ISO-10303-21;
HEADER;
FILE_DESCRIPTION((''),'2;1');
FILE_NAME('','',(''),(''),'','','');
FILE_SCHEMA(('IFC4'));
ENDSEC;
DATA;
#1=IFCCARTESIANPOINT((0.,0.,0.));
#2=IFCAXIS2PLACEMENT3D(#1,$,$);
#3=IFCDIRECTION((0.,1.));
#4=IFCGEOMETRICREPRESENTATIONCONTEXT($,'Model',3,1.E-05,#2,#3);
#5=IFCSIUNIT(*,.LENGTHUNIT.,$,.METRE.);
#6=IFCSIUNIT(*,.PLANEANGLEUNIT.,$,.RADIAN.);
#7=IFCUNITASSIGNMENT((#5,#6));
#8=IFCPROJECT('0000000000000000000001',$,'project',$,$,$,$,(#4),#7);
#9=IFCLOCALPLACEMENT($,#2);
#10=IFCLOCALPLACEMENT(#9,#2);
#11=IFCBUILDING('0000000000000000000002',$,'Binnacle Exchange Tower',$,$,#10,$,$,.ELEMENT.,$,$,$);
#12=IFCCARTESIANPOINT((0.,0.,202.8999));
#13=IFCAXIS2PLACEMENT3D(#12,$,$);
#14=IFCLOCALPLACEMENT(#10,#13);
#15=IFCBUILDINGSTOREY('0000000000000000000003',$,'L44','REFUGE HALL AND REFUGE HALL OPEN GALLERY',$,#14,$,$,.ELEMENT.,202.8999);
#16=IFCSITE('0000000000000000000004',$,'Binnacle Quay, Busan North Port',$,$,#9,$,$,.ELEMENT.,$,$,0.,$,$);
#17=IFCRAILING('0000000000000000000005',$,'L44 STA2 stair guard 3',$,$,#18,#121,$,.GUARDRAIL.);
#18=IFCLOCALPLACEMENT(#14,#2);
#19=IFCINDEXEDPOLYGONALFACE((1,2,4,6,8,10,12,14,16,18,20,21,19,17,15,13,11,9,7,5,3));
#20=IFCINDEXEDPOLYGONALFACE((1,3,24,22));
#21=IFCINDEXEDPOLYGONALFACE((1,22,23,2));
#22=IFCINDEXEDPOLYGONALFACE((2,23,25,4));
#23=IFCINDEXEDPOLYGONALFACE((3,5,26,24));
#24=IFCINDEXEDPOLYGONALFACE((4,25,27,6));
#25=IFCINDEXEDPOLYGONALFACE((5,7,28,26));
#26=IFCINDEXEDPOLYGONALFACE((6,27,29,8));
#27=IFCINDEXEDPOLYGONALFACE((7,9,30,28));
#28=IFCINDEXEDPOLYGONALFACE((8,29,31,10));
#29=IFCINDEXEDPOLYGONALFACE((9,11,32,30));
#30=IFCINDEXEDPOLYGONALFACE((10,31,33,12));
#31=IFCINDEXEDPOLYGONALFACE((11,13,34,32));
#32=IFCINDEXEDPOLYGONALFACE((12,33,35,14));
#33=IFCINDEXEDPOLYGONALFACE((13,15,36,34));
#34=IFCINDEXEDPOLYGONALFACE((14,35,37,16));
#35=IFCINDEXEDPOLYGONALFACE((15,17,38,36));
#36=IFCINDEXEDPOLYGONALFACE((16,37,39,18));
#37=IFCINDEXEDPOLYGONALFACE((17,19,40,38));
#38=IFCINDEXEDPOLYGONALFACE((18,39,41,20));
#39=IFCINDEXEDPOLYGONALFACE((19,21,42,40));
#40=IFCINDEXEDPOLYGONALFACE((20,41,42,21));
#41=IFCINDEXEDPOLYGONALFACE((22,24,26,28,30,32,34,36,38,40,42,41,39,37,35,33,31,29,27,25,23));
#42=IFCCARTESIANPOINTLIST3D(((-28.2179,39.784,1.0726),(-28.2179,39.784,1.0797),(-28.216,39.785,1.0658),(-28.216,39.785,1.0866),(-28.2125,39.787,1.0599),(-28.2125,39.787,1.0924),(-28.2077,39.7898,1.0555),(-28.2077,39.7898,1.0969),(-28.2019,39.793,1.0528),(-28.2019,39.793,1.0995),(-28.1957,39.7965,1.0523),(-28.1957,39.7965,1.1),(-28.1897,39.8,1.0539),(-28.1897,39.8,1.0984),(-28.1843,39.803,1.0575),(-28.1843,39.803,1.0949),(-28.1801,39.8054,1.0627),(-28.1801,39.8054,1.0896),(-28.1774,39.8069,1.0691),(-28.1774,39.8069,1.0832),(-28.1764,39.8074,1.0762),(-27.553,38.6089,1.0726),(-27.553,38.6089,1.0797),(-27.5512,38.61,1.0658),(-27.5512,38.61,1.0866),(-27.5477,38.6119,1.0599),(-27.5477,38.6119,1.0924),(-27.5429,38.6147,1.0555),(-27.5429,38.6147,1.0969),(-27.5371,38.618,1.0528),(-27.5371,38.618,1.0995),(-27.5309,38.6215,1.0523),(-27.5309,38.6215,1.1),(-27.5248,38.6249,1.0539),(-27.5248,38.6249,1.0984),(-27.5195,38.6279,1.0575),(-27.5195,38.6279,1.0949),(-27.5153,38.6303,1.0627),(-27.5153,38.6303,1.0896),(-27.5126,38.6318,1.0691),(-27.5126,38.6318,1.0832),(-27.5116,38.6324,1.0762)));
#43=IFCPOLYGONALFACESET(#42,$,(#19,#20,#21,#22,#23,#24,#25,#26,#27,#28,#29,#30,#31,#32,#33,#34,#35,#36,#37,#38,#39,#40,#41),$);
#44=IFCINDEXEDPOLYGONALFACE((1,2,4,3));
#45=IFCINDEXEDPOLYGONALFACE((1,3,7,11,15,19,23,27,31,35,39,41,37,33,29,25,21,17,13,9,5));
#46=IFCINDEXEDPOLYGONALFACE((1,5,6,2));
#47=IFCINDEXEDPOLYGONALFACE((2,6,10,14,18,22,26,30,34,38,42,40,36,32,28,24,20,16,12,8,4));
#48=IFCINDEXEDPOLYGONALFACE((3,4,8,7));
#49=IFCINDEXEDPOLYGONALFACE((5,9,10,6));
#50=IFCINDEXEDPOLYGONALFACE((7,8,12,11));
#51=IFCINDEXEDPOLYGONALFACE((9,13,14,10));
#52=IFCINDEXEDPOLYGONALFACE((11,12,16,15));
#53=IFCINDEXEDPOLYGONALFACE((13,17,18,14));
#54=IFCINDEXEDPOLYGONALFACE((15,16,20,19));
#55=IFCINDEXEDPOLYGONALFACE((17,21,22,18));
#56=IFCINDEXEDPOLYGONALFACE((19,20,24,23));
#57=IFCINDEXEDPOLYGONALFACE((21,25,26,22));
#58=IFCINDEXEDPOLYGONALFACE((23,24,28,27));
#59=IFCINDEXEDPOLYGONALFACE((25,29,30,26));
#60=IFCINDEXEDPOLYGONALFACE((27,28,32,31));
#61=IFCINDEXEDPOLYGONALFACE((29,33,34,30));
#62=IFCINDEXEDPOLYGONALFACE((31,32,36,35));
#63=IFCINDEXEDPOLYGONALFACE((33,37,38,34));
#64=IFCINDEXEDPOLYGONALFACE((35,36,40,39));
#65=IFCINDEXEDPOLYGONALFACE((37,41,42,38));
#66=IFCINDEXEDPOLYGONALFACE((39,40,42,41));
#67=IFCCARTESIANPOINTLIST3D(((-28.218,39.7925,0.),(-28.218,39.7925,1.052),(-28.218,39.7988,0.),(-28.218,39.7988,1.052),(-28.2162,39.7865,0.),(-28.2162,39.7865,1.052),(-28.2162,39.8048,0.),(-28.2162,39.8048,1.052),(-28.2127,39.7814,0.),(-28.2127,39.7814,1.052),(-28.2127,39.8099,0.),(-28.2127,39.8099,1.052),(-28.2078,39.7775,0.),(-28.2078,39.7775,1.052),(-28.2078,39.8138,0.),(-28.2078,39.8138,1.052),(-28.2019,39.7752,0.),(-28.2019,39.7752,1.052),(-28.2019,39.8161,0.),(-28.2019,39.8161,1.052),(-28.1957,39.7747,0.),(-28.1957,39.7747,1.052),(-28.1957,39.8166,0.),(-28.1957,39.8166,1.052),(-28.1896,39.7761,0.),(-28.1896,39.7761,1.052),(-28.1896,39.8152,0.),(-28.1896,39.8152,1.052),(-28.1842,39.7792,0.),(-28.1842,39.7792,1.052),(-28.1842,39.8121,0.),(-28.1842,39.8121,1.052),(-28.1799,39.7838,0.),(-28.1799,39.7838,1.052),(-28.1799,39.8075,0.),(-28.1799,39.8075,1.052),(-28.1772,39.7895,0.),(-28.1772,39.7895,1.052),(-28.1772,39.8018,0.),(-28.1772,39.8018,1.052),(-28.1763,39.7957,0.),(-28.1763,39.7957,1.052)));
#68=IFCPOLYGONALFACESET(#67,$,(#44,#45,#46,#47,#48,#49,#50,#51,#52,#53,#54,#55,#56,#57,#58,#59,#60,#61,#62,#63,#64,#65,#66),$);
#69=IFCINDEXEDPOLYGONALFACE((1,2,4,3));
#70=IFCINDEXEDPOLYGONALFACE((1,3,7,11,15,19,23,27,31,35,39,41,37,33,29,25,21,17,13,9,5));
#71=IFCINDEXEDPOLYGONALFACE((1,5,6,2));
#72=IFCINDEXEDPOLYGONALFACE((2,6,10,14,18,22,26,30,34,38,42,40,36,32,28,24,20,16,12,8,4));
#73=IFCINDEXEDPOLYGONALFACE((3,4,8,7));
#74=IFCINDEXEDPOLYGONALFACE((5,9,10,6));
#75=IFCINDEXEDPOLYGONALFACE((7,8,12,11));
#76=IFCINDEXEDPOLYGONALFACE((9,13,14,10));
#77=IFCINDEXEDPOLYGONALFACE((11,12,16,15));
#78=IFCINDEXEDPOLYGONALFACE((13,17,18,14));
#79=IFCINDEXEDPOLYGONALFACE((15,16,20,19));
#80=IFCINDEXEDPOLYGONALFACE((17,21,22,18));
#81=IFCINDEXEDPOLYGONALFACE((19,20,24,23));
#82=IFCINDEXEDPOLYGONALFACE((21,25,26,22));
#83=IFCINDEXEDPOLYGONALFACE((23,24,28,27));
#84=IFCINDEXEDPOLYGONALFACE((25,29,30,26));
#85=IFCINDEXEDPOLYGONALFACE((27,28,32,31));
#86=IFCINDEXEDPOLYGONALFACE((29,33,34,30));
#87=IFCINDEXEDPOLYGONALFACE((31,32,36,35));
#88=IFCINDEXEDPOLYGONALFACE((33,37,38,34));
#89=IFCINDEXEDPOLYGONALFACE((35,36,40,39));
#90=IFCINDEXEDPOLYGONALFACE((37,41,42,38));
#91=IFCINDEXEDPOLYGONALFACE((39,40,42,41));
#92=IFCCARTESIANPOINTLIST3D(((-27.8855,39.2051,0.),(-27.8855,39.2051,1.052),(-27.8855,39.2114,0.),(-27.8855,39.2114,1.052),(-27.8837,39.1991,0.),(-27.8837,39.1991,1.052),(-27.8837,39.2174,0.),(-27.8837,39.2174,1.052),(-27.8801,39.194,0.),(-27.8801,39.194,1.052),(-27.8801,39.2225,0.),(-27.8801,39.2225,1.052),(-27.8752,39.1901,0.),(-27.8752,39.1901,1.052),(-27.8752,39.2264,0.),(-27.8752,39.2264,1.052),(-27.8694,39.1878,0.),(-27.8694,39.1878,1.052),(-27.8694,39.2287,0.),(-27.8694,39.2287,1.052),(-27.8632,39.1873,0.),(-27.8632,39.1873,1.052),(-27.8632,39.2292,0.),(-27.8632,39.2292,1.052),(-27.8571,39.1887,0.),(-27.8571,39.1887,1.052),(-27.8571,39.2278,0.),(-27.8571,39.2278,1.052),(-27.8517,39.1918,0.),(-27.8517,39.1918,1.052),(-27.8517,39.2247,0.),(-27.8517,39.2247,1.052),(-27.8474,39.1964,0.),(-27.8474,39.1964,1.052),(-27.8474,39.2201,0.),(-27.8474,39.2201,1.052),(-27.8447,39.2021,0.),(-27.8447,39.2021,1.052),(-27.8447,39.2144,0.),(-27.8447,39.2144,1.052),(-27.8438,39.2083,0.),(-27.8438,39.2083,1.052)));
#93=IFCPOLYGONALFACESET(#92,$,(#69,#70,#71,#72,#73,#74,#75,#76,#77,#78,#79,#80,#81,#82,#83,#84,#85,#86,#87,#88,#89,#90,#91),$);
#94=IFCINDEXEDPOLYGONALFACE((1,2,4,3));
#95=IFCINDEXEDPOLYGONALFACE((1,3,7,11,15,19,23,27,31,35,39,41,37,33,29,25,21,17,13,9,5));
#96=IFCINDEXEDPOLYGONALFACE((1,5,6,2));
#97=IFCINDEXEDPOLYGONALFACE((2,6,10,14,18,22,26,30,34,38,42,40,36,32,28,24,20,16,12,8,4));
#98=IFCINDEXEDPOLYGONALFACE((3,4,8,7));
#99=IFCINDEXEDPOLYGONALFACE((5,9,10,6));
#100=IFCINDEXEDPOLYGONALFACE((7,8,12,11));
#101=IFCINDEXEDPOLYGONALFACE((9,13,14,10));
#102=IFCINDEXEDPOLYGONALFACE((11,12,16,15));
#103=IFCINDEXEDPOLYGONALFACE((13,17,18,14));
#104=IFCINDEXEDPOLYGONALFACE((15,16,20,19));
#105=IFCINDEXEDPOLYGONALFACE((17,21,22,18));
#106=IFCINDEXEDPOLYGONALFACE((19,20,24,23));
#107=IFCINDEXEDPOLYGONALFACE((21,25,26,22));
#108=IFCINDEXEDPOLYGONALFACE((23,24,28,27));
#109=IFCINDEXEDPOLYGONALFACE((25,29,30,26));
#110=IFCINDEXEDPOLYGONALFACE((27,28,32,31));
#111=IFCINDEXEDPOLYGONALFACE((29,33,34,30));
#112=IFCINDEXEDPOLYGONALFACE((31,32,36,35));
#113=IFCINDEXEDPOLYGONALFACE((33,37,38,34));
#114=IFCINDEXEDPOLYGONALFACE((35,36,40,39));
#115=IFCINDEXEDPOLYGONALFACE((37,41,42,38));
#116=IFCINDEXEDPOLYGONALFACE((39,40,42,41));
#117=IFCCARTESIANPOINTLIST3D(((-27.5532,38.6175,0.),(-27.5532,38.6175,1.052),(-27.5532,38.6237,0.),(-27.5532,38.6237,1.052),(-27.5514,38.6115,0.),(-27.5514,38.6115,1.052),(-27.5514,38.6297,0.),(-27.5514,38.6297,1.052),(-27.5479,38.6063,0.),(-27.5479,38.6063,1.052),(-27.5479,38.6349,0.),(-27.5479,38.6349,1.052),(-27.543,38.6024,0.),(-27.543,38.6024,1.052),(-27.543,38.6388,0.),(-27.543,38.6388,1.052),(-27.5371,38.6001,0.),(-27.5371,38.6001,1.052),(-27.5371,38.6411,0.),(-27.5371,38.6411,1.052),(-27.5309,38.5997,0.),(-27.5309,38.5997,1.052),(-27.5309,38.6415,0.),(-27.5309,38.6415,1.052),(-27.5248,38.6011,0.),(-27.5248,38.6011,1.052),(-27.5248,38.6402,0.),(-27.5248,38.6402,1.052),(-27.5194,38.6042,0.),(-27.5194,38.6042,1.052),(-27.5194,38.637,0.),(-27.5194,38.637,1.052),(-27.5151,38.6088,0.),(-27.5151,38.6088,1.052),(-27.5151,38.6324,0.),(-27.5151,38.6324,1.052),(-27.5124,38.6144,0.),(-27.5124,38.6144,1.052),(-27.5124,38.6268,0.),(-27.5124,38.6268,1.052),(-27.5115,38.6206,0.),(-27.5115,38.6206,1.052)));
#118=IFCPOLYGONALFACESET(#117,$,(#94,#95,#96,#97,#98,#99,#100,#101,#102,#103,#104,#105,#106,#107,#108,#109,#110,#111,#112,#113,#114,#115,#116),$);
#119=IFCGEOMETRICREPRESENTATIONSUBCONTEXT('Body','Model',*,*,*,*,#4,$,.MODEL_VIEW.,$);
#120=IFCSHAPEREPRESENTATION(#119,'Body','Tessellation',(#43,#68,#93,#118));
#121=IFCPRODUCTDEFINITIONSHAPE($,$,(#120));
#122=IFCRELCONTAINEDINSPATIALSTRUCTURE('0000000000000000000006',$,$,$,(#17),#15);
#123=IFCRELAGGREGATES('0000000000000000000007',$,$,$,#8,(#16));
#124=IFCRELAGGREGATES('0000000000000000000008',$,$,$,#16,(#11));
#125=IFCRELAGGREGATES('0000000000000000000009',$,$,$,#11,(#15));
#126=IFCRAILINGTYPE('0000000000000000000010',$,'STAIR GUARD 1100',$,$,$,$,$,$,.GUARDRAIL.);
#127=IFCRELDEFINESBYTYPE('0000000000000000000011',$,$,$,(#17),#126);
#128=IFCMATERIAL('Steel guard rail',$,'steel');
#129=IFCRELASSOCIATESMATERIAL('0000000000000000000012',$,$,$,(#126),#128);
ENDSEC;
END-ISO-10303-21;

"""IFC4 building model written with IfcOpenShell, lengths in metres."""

from ifc_helpers import new_model, si_unit, direction, frame, origin, origin_2d, place, context, subcontext, project, spatial, circle, extrude, material, type_object, element, save


model = new_model("IFC4")

# Units and contexts
model_context = context("Model", 3, precision=1e-05, world=origin(), true_north=direction((0.0, 1.0)))
body_context = subcontext(model_context, "Body", "Model", "MODEL_VIEW")
ifc_project = project(units=[si_unit("LENGTHUNIT", "METRE"), si_unit("PLANEANGLEUNIT", "RADIAN")], contexts=[model_context])

# Site, building, storey
site_placement = place(None, origin())
site = spatial("IfcSite", under=ifc_project, at=site_placement, Name="Binnacle Quay, Busan North Port", CompositionType="ELEMENT", RefElevation=0.0)
building_placement = place(site_placement, origin())
building = spatial("IfcBuilding", under=site, at=building_placement, Name="Binnacle Exchange Tower", CompositionType="ELEMENT")
storey_placement = place(building_placement, frame((0.0, 0.0, 202.8999)))
storey = spatial("IfcBuildingStorey", under=building, at=storey_placement, Name="L44", Description="REFUGE HALL AND REFUGE HALL OPEN GALLERY", CompositionType="ELEMENT", Elevation=202.8999)

# Railing
ifc_material_1 = material(Name="Steel guard rail", Category="steel")
railing_type = type_object("IfcRailingType", Name="STAIR GUARD 1100", PredefinedType="GUARDRAIL", material=ifc_material_1)
railing_1_placement = place(storey_placement, frame((-28.1973, 39.7957, 0.0)))
element("IfcRailing", 1, at=railing_1_placement, inside=storey, type_object=railing_type, Name="L44 STA2 stair guard 3", PredefinedType="GUARDRAIL", context=body_context, shape_type="SweptSolid", body=[
    extrude(circle(Radius=0.0239, at=origin_2d()), frame((0.0, 0.0, 1.0762), z_axis=(0.492415, -0.870361, 0.0), x_axis=(0.870361, 0.492415, 0.0)), (0.0, 0.0, 1.0), 1.3501),
    extrude(circle(Radius=0.021, at=origin_2d()), origin(), (0.0, 0.0, 1.0), 1.052),
    extrude(circle(Radius=0.021, at=origin_2d()), frame((0.3325, -0.5874, 0.0)), (0.0, 0.0, 1.0), 1.052),
    extrude(circle(Radius=0.021, at=origin_2d()), frame((0.6648, -1.175, 0.0)), (0.0, 0.0, 1.0), 1.052),
])

save(model, "model.ifc")
